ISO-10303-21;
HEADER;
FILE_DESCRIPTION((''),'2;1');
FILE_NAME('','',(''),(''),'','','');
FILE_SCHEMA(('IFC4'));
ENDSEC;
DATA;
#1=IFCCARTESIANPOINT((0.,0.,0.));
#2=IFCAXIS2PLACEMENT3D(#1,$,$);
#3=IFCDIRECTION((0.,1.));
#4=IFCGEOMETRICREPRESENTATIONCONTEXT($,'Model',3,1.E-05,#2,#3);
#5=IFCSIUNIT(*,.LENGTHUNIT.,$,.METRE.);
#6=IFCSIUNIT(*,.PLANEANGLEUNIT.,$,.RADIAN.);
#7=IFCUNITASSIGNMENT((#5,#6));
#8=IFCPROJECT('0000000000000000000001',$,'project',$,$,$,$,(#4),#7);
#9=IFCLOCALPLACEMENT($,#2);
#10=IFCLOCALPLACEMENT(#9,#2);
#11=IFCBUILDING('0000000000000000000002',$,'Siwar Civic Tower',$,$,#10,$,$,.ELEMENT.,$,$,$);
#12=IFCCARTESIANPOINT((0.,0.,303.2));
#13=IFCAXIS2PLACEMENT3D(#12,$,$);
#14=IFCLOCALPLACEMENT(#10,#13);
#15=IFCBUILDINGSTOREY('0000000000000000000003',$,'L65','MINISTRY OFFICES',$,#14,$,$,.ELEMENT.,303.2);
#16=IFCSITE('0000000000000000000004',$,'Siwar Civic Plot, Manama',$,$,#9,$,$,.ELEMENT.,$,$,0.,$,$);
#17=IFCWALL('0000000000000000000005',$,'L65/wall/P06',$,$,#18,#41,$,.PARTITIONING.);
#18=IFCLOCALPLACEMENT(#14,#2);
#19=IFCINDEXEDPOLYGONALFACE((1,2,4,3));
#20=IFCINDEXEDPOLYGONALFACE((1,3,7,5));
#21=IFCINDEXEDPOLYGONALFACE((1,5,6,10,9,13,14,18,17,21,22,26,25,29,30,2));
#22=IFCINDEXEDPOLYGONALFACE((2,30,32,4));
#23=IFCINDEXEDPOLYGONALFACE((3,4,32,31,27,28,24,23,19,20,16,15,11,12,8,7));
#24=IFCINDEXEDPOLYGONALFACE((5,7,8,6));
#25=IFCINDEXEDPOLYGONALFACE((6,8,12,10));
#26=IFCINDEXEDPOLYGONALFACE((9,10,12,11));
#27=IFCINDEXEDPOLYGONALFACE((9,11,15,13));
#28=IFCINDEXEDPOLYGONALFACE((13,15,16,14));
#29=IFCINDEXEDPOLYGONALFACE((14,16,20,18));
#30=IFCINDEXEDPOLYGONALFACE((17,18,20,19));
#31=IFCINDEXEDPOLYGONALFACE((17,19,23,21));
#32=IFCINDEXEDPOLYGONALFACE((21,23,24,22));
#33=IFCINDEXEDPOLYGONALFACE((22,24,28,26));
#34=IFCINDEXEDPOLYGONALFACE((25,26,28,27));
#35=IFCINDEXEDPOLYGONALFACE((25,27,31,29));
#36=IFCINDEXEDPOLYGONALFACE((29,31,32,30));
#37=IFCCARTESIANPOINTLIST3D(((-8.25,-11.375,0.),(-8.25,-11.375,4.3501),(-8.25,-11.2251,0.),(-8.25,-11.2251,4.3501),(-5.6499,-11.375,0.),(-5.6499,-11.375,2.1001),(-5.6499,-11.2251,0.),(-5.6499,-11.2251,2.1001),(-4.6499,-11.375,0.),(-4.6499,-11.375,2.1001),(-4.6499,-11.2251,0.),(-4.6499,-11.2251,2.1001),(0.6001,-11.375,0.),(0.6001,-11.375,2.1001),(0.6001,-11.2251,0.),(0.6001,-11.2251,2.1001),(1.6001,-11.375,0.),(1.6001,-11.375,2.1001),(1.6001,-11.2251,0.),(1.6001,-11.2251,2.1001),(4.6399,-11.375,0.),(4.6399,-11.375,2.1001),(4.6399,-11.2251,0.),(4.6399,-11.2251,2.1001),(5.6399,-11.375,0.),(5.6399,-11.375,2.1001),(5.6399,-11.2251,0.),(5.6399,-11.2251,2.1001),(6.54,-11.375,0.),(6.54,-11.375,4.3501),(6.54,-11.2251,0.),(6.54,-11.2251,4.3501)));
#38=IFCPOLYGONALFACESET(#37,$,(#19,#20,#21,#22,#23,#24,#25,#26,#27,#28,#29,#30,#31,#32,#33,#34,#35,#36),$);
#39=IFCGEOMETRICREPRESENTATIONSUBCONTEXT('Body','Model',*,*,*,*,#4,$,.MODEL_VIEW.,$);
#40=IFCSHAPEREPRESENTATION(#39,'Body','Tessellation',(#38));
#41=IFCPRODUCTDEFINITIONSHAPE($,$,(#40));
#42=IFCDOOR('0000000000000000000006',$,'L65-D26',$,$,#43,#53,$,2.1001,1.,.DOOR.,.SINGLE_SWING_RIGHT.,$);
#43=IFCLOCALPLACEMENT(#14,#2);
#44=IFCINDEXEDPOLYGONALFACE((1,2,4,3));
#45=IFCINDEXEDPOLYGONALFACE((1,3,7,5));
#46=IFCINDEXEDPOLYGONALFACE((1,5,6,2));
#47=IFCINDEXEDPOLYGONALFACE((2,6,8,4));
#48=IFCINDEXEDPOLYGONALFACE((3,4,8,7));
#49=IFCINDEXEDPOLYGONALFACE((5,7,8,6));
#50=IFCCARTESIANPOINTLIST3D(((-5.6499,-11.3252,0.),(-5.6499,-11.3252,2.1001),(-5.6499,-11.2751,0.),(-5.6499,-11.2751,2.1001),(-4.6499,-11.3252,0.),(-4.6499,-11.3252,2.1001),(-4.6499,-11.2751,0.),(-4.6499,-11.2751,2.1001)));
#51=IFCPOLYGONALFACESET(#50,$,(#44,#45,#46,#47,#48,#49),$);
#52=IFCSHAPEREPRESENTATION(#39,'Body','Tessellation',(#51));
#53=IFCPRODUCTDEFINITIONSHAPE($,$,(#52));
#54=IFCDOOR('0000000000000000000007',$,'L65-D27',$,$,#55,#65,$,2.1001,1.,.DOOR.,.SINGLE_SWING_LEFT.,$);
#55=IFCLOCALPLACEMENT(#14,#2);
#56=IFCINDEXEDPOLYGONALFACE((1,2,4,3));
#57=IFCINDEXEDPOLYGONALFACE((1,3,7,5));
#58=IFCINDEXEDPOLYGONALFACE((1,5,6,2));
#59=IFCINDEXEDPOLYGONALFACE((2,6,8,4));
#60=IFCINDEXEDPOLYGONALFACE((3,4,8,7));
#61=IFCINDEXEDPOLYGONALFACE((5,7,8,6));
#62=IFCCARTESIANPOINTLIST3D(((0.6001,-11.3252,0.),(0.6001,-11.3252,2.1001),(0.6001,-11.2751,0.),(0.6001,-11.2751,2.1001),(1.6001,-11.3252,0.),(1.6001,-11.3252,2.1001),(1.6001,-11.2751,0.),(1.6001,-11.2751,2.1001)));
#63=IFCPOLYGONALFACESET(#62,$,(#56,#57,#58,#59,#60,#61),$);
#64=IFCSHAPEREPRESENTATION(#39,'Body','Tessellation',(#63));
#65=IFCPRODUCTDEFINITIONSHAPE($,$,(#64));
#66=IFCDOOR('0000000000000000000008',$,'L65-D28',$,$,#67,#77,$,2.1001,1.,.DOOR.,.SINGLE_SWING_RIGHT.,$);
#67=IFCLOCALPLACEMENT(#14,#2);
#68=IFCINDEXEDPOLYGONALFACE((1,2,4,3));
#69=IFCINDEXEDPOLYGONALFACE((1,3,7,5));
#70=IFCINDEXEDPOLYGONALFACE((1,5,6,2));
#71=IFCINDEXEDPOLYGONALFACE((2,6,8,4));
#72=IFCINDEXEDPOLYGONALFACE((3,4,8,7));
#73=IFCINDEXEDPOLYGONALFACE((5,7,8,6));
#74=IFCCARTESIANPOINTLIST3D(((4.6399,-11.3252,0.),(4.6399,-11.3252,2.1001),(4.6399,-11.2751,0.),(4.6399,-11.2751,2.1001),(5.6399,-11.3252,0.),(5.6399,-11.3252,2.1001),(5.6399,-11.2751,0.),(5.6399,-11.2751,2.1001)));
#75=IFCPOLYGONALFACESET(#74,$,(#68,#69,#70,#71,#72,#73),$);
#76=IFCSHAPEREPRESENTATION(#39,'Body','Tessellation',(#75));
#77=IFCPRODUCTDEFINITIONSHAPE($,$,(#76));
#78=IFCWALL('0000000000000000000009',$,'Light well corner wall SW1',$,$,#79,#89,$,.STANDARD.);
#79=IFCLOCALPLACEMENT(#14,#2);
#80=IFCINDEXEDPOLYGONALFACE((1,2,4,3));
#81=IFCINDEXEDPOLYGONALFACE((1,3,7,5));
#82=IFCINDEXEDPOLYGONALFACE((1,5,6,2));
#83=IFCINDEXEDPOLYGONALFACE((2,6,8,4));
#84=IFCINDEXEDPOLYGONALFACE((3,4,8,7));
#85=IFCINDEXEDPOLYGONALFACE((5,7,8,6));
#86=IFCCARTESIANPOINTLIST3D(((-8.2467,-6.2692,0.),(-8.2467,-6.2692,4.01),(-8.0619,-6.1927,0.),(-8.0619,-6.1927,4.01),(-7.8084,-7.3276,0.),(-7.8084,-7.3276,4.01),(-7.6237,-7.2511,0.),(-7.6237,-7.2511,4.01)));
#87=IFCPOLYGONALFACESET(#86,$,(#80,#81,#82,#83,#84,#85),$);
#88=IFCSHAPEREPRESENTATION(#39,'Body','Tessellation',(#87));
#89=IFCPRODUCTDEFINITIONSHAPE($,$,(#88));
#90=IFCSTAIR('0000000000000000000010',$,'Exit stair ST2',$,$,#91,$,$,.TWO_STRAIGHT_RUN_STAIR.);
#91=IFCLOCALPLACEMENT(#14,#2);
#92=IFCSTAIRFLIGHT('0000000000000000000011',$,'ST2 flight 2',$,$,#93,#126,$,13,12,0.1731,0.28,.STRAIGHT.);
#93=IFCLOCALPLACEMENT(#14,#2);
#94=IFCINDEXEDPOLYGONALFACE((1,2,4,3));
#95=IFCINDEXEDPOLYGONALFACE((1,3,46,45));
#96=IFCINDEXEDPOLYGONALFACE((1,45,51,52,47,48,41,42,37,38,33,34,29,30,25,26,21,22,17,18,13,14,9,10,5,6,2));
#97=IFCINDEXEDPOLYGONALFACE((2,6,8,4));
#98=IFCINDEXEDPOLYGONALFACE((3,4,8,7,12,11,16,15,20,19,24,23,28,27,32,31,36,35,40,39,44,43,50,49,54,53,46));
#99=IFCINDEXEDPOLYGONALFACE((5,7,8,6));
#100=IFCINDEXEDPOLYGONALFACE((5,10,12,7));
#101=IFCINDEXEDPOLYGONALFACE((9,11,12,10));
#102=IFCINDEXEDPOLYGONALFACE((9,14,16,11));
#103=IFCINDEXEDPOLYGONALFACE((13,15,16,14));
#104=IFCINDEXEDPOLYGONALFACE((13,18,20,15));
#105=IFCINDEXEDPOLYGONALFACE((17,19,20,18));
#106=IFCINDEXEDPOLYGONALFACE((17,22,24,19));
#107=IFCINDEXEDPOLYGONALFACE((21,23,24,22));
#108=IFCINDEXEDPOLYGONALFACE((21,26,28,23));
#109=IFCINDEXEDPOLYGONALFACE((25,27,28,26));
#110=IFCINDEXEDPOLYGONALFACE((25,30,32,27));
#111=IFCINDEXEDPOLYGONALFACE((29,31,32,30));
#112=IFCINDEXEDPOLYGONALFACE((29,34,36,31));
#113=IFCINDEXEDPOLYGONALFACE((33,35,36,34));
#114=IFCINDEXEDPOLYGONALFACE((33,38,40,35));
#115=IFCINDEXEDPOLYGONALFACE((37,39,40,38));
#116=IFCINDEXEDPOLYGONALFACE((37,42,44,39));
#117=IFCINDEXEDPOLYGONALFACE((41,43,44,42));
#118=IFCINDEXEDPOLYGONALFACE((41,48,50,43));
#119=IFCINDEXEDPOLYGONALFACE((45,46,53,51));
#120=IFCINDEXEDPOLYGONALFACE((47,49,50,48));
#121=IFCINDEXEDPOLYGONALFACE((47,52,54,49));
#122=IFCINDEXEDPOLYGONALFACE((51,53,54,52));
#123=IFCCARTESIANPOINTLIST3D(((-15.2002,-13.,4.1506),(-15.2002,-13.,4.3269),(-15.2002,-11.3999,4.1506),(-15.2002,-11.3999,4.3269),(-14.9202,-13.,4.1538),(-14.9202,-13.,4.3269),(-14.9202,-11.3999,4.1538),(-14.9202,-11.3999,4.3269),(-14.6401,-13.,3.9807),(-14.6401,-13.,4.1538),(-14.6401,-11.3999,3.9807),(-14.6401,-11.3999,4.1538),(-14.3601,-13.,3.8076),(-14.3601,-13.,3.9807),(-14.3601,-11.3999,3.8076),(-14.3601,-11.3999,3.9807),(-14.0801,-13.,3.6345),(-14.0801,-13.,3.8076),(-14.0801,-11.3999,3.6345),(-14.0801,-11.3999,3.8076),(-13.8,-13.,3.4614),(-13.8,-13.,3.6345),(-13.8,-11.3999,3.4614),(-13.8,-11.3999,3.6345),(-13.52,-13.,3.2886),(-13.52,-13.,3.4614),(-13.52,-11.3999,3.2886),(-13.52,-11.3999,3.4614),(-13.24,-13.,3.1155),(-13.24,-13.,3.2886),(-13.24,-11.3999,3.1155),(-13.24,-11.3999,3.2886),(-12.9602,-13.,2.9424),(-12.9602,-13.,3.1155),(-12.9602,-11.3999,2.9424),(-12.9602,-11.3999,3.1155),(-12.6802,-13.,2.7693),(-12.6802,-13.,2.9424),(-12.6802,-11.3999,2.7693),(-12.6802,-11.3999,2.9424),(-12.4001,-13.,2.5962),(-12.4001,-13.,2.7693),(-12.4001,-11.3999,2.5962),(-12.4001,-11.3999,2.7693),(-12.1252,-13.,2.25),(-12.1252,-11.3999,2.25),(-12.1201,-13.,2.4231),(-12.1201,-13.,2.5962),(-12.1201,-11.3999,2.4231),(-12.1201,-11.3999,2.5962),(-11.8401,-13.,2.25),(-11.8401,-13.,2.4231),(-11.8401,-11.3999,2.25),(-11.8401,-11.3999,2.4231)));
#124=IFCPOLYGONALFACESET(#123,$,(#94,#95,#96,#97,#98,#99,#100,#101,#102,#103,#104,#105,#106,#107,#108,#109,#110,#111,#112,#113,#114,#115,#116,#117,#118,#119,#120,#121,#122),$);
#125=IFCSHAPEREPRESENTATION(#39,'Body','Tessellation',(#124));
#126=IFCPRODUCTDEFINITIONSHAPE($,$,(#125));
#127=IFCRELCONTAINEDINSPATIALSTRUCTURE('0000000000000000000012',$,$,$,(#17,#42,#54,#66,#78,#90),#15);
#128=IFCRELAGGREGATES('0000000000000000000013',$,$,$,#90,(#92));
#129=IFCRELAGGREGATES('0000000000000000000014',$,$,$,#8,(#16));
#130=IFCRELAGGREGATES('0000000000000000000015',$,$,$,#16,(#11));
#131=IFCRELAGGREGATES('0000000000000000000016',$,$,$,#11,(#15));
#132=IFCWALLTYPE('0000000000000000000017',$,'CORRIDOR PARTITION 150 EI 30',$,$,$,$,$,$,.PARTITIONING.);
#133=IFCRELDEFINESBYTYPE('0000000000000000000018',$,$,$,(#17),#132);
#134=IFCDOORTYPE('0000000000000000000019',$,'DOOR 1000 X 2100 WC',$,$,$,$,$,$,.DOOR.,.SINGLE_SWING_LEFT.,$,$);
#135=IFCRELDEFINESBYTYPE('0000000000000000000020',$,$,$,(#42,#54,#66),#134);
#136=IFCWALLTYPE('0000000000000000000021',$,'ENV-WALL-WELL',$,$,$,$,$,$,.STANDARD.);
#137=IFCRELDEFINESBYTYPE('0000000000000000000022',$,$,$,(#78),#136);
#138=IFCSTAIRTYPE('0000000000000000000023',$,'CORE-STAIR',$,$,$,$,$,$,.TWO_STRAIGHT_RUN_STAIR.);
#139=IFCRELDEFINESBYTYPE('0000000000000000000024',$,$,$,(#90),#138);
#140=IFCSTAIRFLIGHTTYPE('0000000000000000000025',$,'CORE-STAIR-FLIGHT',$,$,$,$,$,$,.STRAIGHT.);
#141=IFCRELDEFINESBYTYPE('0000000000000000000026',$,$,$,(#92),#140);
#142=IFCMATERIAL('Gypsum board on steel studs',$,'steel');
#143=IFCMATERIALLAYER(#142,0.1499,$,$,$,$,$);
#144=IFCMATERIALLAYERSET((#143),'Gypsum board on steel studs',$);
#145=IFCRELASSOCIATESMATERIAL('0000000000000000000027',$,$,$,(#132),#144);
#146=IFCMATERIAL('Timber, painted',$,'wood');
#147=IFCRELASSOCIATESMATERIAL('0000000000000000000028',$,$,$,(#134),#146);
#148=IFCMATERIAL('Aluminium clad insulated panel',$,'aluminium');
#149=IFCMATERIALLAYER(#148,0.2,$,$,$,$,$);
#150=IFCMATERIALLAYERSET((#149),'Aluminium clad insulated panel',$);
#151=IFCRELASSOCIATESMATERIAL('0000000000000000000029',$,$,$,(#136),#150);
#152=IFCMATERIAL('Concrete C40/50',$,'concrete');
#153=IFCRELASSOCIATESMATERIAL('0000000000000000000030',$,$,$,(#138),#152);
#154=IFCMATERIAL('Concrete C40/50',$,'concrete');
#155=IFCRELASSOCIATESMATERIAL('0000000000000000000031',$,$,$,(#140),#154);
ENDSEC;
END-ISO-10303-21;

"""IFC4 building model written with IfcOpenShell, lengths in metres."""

from ifc_helpers import new_model, si_unit, direction, frame, frame_2d, origin, place, context, subcontext, project, spatial, polyline, rectangle, outline, extrude, material, layer, layer_set, type_object, element, fill, aggregate, save


model = new_model("IFC4")

# Units and contexts
model_context = context("Model", 3, precision=1e-05, world=origin(), true_north=direction((0.0, 1.0)))
body_context = subcontext(model_context, "Body", "Model", "MODEL_VIEW")
ifc_project = project(units=[si_unit("LENGTHUNIT", "METRE"), si_unit("PLANEANGLEUNIT", "RADIAN")], contexts=[model_context])

# Site, building, storey
site_placement = place(None, origin())
site = spatial("IfcSite", under=ifc_project, at=site_placement, Name="Siwar Civic Plot, Manama", CompositionType="ELEMENT", RefElevation=0.0)
building_placement = place(site_placement, origin())
building = spatial("IfcBuilding", under=site, at=building_placement, Name="Siwar Civic Tower", CompositionType="ELEMENT")
storey_placement = place(building_placement, frame((0.0, 0.0, 303.2)))
storey = spatial("IfcBuildingStorey", under=building, at=storey_placement, Name="L65", Description="MINISTRY OFFICES", CompositionType="ELEMENT", Elevation=303.2)

# Wall, openings, doors
ifc_material_1 = material(Name="Gypsum board on steel studs", Category="steel")
ifc_layer_1 = layer(ifc_material_1, 0.1499)
ifc_layer_set_1 = layer_set([ifc_layer_1], Name="Gypsum board on steel studs")
wall_type_1 = type_object("IfcWallType", Name="CORRIDOR PARTITION 150 EI 30", PredefinedType="PARTITIONING", material=ifc_layer_set_1)
wall_1_placement = place(storey_placement, frame((-8.25, -11.3, 0.0), z_axis=(0.0, 0.0, 1.0), x_axis=(1.0, 0.0, 0.0)))
wall_1 = element("IfcWall", 1, at=wall_1_placement, inside=storey, type_object=wall_type_1, Name="L65/wall/P06", PredefinedType="PARTITIONING", context=body_context, shape_type="SweptSolid", body=[
    extrude(rectangle(XDim=14.79, YDim=0.1499, at=frame_2d((7.395, 0.0))), origin(), (0.0, 0.0, 1.0), 4.3501),
])
opening_1_placement = place(wall_1_placement, frame((2.6001, 0.0, 0.0)))
opening_1 = element("IfcOpeningElement", 2, at=opening_1_placement, cuts=wall_1, PredefinedType="OPENING", context=body_context, shape_type="SweptSolid", body=[
    extrude(rectangle(XDim=1.0, YDim=2.1001, at=frame_2d((0.5, 1.05))), frame((0.0, 0.085, 0.0), z_axis=(0.0, -1.0, 0.0), x_axis=(1.0, 0.0, 0.0)), (0.0, 0.0, 1.0), 0.1699),
])
opening_2_placement = place(wall_1_placement, frame((8.8501, 0.0, 0.0)))
opening_2 = element("IfcOpeningElement", 3, at=opening_2_placement, cuts=wall_1, PredefinedType="OPENING", context=body_context, shape_type="SweptSolid", body=[
    extrude(rectangle(XDim=1.0, YDim=2.1001, at=frame_2d((0.5, 1.05))), frame((0.0, 0.085, 0.0), z_axis=(0.0, -1.0, 0.0), x_axis=(1.0, 0.0, 0.0)), (0.0, 0.0, 1.0), 0.1699),
])
opening_3_placement = place(wall_1_placement, frame((12.8899, 0.0, 0.0)))
opening_3 = element("IfcOpeningElement", 4, at=opening_3_placement, cuts=wall_1, PredefinedType="OPENING", context=body_context, shape_type="SweptSolid", body=[
    extrude(rectangle(XDim=1.0, YDim=2.1001, at=frame_2d((0.5, 1.05))), frame((0.0, 0.085, 0.0), z_axis=(0.0, -1.0, 0.0), x_axis=(1.0, 0.0, 0.0)), (0.0, 0.0, 1.0), 0.1699),
])
ifc_material_2 = material(Name="Timber, painted", Category="wood")
door_type_1 = type_object("IfcDoorType", Name="DOOR 1000 X 2100 WC", OperationType="SINGLE_SWING_LEFT", PredefinedType="DOOR", material=ifc_material_2)
door_1_placement = place(opening_1_placement, origin())
door_1 = element("IfcDoor", 5, at=door_1_placement, inside=storey, type_object=door_type_1, Name="L65-D26", OperationType="SINGLE_SWING_RIGHT", OverallHeight=2.1001, OverallWidth=1.0, PredefinedType="DOOR", context=body_context, shape_type="SweptSolid", body=[
    extrude(rectangle(XDim=1.0, YDim=2.1001, at=frame_2d((0.5, 1.05))), frame((0.0, 0.0249, 0.0), z_axis=(0.0, -1.0, 0.0), x_axis=(1.0, 0.0, 0.0)), (0.0, 0.0, 1.0), 0.05),
])
fill(opening_1, door_1)
door_2_placement = place(opening_2_placement, origin())
door_2 = element("IfcDoor", 6, at=door_2_placement, inside=storey, type_object=door_type_1, Name="L65-D27", OperationType="SINGLE_SWING_LEFT", OverallHeight=2.1001, OverallWidth=1.0, PredefinedType="DOOR", context=body_context, shape_type="SweptSolid", body=[
    extrude(rectangle(XDim=1.0, YDim=2.1001, at=frame_2d((0.5, 1.05))), frame((0.0, 0.0249, 0.0), z_axis=(0.0, -1.0, 0.0), x_axis=(1.0, 0.0, 0.0)), (0.0, 0.0, 1.0), 0.05),
])
fill(opening_2, door_2)
door_3_placement = place(opening_3_placement, origin())
door_3 = element("IfcDoor", 7, at=door_3_placement, inside=storey, type_object=door_type_1, Name="L65-D28", OperationType="SINGLE_SWING_RIGHT", OverallHeight=2.1001, OverallWidth=1.0, PredefinedType="DOOR", context=body_context, shape_type="SweptSolid", body=[
    extrude(rectangle(XDim=1.0, YDim=2.1001, at=frame_2d((0.5, 1.05))), frame((0.0, 0.0249, 0.0), z_axis=(0.0, -1.0, 0.0), x_axis=(1.0, 0.0, 0.0)), (0.0, 0.0, 1.0), 0.05),
])
fill(opening_3, door_3)

# Wall
ifc_material_3 = material(Name="Aluminium clad insulated panel", Category="aluminium")
ifc_layer_2 = layer(ifc_material_3, 0.2)
ifc_layer_set_2 = layer_set([ifc_layer_2], Name="Aluminium clad insulated panel")
wall_type_2 = type_object("IfcWallType", Name="ENV-WALL-WELL", PredefinedType="STANDARD", material=ifc_layer_set_2)
wall_2_placement = place(storey_placement, frame((-8.1543, -6.231, 0.0), z_axis=(0.0, 0.0, 1.0), x_axis=(0.382571, -0.923926, 0.0)))
element("IfcWall", 8, at=wall_2_placement, inside=storey, type_object=wall_type_2, Name="Light well corner wall SW1", PredefinedType="STANDARD", context=body_context, shape_type="SweptSolid", body=[
    extrude(rectangle(XDim=1.1455, YDim=0.2, at=frame_2d((0.5728, 0.0))), origin(), (0.0, 0.0, 1.0), 4.01),
])

# Stair, stair flight
ifc_material_4 = material(Name="Concrete C40/50", Category="concrete")
stair_type = type_object("IfcStairType", Name="CORE-STAIR", PredefinedType="TWO_STRAIGHT_RUN_STAIR", material=ifc_material_4)
stair_placement = place(storey_placement, origin())
stair = element("IfcStair", 9, at=stair_placement, inside=storey, type_object=stair_type, Name="Exit stair ST2", PredefinedType="TWO_STRAIGHT_RUN_STAIR")
ifc_material_5 = material(Name="Concrete C40/50", Category="concrete")
stair_flight_type = type_object("IfcStairFlightType", Name="CORE-STAIR-FLIGHT", PredefinedType="STRAIGHT", material=ifc_material_5)
stair_flight_placement = place(storey_placement, frame((-11.8401, -12.2, 2.25), z_axis=(0.0, 0.0, 1.0), x_axis=(-1.0, 0.0, 0.0)))
stair_flight = element("IfcStairFlight", 10, at=stair_flight_placement, type_object=stair_flight_type, Name="ST2 flight 2", NumberOfRisers=13, NumberOfTreads=12, PredefinedType="STRAIGHT", RiserHeight=0.1731, TreadLength=0.28, context=body_context, shape_type="SweptSolid", body=[
    extrude(outline(polyline([(0.0, 0.0), (0.0, 0.1731), (0.28, 0.1731), (0.28, 0.3462), (0.5601, 0.3462), (0.5601, 0.5193), (0.8401, 0.5193), (0.8401, 0.6924), (1.1201, 0.6924), (1.1201, 0.8655), (1.3999, 0.8655), (1.3999, 1.0386), (1.6799, 1.0386), (1.6799, 1.2114), (1.96, 1.2114), (1.96, 1.3845), (2.24, 1.3845), (2.24, 1.5576), (2.52, 1.5576), (2.52, 1.7307), (2.8, 1.7307), (2.8, 1.9038), (3.0801, 1.9038), (3.0801, 2.0769), (3.3601, 2.0769), (3.3601, 2.25), (3.3601, 1.9006), (0.2852, 0.0), (0.0, 0.0)])), frame((0.0, 0.8, 0.0), z_axis=(0.0, -1.0, 0.0), x_axis=(1.0, 0.0, 0.0)), (0.0, 0.0, 1.0), 1.6001),
])
aggregate(stair, [stair_flight])

save(model, "model.ifc")
